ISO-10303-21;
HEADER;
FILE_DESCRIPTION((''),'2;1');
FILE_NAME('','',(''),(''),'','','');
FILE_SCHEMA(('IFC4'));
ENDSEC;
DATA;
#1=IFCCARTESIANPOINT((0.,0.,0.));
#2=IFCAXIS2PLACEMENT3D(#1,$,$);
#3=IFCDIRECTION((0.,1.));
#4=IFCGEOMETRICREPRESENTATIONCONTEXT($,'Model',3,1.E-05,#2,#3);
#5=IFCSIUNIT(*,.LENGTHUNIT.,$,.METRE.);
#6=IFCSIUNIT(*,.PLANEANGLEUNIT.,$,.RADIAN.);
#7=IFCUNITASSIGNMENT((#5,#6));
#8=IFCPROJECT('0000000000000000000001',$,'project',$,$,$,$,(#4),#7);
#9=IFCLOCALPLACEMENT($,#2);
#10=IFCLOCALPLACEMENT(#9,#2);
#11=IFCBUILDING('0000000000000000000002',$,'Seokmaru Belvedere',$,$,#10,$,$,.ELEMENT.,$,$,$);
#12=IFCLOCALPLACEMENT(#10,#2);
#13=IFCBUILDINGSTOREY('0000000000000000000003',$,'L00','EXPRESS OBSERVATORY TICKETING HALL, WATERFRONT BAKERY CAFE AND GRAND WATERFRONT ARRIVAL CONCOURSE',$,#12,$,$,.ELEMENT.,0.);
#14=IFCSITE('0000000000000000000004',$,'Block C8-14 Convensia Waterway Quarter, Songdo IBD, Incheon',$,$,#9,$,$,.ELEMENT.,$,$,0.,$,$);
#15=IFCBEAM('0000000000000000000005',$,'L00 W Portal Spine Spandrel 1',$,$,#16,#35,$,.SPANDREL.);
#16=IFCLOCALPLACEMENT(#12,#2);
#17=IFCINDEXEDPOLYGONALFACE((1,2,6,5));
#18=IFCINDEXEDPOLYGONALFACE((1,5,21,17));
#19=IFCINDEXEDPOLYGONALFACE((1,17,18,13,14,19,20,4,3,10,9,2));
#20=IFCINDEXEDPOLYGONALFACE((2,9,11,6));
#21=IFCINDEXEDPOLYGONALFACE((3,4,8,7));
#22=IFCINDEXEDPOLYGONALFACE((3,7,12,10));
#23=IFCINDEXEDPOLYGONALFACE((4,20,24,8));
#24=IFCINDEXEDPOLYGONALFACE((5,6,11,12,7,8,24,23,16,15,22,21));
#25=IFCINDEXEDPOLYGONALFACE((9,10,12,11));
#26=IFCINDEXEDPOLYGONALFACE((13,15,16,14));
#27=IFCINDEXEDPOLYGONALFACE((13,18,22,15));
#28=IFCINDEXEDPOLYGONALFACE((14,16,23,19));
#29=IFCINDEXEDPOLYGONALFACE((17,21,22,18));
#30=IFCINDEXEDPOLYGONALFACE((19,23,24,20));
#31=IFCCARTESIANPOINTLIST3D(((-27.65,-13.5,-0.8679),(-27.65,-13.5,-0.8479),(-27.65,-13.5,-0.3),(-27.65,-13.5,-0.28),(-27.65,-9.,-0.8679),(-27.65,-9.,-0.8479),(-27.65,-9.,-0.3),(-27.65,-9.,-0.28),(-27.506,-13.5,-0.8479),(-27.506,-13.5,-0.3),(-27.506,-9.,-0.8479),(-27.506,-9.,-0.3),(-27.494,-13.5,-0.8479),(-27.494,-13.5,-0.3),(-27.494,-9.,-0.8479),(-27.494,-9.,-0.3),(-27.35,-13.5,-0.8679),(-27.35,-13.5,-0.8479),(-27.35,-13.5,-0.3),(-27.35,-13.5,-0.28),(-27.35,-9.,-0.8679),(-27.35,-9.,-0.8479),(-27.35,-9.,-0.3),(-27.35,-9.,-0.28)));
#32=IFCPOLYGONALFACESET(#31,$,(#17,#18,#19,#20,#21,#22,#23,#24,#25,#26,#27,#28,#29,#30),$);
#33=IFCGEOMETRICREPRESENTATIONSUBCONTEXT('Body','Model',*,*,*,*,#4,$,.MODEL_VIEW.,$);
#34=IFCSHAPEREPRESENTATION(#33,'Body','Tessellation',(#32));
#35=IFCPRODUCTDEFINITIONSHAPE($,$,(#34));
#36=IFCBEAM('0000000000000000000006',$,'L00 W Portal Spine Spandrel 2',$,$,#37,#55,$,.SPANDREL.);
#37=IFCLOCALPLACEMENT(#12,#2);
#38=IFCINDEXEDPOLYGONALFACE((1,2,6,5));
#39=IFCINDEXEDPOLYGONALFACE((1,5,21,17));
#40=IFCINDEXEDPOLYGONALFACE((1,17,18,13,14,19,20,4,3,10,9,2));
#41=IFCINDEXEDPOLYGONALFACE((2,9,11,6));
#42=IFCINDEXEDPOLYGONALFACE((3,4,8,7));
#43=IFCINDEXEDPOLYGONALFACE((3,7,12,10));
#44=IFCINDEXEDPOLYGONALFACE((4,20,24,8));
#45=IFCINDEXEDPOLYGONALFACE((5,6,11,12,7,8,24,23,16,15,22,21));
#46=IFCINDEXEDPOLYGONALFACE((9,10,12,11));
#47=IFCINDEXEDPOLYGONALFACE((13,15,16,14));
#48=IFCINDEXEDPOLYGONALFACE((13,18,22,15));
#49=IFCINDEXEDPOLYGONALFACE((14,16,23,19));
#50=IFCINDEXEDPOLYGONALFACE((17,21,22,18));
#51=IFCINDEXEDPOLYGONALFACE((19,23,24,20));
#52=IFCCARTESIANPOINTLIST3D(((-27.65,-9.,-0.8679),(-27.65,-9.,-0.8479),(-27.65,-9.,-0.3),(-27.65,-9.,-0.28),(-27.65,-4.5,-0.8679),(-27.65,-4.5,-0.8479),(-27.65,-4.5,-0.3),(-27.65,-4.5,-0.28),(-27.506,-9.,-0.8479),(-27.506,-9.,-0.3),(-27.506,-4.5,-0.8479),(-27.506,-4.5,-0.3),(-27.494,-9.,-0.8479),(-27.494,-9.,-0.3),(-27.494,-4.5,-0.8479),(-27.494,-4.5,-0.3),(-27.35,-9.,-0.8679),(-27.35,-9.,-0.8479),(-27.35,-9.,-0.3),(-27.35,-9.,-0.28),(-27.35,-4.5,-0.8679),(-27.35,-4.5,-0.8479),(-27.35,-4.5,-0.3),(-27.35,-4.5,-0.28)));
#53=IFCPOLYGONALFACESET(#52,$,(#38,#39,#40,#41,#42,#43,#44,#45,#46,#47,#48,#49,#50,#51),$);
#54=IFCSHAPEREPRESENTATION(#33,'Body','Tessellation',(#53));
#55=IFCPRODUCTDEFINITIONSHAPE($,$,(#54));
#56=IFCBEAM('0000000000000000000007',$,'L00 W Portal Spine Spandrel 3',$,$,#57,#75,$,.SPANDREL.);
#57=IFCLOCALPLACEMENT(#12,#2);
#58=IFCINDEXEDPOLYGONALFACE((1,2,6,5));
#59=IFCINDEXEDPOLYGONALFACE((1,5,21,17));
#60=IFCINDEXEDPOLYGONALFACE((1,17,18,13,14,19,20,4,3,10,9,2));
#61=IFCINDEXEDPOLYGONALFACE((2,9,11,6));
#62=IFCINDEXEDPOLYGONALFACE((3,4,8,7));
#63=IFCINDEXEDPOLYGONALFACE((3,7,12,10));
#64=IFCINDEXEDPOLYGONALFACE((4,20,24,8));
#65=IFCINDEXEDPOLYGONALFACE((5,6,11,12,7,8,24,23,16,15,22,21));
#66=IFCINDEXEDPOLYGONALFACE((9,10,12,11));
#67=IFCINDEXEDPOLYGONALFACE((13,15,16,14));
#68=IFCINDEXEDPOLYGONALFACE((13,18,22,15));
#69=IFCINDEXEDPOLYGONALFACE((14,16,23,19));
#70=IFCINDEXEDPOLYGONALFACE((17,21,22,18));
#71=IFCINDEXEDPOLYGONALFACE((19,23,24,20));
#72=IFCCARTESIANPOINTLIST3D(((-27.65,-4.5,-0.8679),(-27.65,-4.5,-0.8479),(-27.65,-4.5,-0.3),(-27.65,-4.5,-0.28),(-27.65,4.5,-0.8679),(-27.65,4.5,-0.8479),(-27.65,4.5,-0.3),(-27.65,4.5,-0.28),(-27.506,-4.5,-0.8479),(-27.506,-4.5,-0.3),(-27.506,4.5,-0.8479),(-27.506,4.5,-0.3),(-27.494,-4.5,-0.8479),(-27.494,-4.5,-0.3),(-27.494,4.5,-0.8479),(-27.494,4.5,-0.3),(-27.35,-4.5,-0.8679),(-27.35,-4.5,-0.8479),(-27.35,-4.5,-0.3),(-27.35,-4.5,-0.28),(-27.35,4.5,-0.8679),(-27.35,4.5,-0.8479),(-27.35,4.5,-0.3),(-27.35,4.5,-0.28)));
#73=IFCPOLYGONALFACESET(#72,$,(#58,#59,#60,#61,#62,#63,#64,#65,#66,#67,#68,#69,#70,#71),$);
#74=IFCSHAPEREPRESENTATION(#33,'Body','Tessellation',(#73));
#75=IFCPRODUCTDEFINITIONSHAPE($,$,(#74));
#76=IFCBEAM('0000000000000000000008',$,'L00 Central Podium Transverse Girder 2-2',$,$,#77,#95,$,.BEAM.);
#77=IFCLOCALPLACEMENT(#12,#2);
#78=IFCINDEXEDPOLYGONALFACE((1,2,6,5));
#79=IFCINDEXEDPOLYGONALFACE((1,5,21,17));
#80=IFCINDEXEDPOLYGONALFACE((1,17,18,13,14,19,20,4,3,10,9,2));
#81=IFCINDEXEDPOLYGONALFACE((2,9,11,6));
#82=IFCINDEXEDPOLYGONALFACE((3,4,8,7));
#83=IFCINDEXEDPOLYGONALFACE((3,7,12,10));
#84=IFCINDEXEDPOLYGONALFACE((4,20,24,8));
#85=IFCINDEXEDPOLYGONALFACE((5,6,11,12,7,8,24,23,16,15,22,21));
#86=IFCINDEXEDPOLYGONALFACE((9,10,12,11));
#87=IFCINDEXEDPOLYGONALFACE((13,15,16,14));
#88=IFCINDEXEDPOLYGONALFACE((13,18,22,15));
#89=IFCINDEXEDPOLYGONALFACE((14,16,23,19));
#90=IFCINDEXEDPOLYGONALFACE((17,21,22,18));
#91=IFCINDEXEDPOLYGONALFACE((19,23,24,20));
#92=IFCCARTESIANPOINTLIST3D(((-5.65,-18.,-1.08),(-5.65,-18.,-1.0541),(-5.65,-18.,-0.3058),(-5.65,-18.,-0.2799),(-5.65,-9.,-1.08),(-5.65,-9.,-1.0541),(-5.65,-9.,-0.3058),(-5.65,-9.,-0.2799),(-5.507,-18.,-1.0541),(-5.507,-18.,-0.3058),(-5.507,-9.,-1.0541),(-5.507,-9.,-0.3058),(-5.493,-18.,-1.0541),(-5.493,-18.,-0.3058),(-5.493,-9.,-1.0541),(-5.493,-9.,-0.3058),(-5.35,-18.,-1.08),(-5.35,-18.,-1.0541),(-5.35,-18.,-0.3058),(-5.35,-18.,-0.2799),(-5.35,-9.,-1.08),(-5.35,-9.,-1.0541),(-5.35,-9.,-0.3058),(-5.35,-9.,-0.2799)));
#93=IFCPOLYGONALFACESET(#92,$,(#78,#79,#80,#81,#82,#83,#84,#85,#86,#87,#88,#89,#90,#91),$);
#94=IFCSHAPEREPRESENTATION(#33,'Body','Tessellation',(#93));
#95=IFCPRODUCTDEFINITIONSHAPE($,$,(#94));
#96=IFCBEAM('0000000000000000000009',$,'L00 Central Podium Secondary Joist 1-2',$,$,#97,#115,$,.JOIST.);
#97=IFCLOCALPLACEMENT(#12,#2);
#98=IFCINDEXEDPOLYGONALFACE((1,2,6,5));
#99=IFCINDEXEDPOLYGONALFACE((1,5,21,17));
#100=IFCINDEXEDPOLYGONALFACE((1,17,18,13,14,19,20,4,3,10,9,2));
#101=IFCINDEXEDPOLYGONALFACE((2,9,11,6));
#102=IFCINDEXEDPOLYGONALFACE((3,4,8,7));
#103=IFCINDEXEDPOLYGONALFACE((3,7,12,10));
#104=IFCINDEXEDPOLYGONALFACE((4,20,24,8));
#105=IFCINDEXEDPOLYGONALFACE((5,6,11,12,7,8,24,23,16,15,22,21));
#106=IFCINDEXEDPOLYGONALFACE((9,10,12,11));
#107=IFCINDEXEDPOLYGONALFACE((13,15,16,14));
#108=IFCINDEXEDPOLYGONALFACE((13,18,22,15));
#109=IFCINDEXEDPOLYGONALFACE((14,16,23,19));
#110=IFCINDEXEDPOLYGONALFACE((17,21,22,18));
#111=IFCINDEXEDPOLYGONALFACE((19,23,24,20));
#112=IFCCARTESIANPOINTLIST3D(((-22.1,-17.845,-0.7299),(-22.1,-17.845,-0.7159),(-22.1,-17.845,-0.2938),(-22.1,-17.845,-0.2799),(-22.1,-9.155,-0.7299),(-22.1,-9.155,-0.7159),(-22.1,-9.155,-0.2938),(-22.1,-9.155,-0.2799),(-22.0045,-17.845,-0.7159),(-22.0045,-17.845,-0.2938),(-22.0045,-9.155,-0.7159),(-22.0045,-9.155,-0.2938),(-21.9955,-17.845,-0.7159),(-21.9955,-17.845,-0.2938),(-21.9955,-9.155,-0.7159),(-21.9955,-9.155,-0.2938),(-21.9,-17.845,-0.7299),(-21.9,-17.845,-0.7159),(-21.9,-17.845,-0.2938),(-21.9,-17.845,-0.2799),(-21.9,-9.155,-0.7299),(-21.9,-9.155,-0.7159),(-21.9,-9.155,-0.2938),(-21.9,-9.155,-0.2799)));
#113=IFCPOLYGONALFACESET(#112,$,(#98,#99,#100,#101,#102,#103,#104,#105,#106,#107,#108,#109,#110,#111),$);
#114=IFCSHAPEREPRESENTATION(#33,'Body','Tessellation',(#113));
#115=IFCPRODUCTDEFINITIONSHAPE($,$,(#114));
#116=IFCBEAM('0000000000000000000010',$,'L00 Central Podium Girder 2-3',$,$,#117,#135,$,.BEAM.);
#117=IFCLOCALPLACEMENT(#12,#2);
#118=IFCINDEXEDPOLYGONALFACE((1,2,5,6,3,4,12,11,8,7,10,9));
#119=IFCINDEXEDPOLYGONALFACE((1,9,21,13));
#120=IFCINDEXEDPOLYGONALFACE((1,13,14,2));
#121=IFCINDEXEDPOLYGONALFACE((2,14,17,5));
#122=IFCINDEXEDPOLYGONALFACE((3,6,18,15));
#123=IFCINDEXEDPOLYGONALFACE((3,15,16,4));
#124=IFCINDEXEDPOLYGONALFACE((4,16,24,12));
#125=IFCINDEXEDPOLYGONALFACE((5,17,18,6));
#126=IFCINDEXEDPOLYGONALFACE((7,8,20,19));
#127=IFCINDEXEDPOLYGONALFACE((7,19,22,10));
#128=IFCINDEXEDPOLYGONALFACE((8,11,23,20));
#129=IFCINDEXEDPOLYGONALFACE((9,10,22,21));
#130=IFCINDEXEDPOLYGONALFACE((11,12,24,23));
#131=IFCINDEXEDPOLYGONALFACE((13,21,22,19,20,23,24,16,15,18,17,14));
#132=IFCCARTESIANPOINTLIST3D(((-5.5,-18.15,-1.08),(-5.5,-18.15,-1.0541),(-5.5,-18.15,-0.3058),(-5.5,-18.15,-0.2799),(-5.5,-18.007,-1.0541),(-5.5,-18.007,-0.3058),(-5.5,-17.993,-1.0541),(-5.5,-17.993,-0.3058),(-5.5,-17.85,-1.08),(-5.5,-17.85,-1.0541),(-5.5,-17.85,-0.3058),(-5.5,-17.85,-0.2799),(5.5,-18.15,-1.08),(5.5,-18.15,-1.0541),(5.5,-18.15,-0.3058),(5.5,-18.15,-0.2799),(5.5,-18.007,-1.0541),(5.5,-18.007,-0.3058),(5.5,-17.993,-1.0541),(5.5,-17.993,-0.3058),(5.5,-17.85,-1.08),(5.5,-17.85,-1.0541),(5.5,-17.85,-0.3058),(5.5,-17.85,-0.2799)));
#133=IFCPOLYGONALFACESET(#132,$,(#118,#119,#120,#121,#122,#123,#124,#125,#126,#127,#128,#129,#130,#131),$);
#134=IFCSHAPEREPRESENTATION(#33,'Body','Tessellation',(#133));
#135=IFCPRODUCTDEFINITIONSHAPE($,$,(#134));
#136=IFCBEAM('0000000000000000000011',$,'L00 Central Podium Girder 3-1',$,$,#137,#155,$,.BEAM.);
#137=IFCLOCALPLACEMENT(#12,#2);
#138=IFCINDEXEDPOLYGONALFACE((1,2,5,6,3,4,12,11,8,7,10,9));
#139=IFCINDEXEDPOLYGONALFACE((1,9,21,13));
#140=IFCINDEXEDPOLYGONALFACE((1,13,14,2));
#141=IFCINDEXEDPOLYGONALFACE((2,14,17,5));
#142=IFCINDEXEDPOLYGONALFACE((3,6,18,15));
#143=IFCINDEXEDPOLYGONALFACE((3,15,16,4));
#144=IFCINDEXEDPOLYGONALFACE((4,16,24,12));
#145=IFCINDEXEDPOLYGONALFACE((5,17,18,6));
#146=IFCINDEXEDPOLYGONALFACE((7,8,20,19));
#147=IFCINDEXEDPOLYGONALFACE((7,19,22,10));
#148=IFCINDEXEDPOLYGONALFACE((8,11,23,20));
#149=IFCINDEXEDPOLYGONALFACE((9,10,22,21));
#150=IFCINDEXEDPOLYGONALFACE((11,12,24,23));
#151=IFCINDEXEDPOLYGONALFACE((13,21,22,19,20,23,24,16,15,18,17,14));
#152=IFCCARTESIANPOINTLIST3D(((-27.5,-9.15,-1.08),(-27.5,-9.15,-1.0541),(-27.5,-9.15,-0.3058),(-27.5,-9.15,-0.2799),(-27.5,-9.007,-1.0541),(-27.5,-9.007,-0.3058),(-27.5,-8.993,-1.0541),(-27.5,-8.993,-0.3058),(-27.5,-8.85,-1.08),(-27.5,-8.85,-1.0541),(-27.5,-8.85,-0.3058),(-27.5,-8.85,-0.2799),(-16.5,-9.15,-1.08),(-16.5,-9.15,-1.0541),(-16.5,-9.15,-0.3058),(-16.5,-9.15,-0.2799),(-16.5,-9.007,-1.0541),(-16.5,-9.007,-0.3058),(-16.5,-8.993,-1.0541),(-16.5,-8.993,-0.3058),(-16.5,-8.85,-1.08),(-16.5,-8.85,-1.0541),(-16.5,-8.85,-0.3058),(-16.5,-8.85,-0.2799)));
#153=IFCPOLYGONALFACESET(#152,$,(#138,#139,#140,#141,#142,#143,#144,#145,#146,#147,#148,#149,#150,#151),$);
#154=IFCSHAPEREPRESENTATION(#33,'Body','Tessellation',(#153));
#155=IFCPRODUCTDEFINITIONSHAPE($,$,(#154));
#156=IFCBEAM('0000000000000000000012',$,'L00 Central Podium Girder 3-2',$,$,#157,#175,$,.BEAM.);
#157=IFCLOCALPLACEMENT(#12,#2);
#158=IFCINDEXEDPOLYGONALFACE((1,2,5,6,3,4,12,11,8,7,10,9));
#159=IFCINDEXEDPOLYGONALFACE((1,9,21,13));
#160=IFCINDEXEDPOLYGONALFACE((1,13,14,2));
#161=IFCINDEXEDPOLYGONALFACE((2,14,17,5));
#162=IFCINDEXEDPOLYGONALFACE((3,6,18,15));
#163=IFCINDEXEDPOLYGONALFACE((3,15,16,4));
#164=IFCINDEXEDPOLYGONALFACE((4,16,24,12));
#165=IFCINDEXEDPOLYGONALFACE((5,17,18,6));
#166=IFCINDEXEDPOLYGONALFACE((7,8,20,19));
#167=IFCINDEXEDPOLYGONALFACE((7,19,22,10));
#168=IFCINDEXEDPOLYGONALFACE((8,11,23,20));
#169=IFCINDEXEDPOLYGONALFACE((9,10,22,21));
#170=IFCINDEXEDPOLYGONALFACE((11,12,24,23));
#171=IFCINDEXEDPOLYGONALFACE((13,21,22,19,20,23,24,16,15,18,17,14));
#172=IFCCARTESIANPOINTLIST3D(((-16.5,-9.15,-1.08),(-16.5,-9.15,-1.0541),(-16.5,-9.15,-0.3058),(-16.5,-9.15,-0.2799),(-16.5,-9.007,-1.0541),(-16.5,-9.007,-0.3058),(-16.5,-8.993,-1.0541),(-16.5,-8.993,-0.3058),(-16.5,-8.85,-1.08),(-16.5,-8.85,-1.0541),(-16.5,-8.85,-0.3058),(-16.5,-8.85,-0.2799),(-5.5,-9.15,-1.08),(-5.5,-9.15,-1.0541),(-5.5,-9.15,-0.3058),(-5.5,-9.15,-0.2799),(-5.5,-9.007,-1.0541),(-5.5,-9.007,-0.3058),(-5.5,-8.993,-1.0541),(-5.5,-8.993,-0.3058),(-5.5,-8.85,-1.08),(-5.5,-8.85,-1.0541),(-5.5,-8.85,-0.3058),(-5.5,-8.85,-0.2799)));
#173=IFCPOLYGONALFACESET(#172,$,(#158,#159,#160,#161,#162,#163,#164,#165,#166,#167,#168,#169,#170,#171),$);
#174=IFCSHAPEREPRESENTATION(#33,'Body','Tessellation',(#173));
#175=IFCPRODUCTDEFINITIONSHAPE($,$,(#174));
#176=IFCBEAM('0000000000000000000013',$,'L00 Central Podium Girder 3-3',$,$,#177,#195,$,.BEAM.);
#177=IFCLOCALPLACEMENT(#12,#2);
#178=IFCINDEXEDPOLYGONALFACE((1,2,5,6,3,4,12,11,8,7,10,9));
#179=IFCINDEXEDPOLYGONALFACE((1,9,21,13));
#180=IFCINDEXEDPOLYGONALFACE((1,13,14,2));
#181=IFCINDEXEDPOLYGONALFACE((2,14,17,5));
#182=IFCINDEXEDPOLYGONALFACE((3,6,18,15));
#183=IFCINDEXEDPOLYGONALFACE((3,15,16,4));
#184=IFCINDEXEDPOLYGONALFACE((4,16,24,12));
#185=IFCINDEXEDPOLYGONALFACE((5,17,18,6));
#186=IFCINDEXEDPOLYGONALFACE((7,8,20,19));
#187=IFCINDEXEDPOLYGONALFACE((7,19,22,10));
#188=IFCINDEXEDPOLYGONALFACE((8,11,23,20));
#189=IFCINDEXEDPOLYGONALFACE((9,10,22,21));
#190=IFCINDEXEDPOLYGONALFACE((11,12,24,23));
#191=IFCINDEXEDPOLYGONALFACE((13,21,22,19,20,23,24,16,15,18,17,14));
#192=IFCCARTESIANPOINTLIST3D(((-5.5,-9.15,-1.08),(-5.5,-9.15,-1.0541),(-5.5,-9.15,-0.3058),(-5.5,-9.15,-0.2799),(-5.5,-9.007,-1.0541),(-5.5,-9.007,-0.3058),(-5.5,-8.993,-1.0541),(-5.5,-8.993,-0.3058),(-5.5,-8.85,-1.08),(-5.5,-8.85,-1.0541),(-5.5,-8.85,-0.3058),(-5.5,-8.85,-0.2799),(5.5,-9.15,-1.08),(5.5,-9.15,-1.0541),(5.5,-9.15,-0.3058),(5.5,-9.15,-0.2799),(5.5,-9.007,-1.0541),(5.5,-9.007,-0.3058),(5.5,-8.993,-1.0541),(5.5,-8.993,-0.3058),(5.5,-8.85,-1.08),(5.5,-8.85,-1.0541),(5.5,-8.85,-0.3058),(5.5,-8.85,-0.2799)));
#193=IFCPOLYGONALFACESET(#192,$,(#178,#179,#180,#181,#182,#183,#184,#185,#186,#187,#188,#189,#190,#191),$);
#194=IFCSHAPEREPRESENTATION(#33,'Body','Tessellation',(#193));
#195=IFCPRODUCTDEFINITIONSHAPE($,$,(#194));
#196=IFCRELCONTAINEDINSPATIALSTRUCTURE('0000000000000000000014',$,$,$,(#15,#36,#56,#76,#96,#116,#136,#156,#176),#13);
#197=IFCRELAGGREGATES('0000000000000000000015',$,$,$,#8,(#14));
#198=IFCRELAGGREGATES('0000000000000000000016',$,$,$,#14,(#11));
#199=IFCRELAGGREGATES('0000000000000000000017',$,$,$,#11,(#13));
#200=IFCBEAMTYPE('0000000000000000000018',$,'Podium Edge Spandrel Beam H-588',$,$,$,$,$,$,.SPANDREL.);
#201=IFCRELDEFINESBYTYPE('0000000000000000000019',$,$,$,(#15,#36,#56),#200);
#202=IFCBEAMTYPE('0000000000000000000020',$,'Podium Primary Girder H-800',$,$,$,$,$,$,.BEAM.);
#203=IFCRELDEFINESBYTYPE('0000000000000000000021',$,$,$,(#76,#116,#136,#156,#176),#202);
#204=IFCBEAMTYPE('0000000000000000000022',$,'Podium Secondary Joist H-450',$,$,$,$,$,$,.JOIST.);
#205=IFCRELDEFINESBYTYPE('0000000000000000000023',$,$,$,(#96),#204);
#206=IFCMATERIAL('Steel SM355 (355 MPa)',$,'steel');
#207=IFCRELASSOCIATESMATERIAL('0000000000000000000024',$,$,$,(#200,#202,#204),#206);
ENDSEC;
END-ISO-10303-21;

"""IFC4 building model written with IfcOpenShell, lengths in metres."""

from ifc_helpers import new_model, si_unit, direction, frame, origin, origin_2d, place, context, subcontext, project, spatial, i_section, extrude, source, transform, mapped, material, material_profile, profile_set, type_object, type_shapes, element, save


model = new_model("IFC4")

# Units and contexts
model_context = context("Model", 3, precision=1e-05, world=origin(), true_north=direction((0.0, 1.0)))
body_context = subcontext(model_context, "Body", "Model", "MODEL_VIEW")
ifc_project = project(units=[si_unit("LENGTHUNIT", "METRE"), si_unit("PLANEANGLEUNIT", "RADIAN")], contexts=[model_context])

# Site, building, storey
site_placement = place(None, origin())
site = spatial("IfcSite", under=ifc_project, at=site_placement, Name="Block C8-14 Convensia Waterway Quarter, Songdo IBD, Incheon", CompositionType="ELEMENT", RefElevation=0.0)
building_placement = place(site_placement, origin())
building = spatial("IfcBuilding", under=site, at=building_placement, Name="Seokmaru Belvedere", CompositionType="ELEMENT")
storey_placement = place(building_placement, origin())
storey = spatial("IfcBuildingStorey", under=building, at=storey_placement, Name="L00", Description="EXPRESS OBSERVATORY TICKETING HALL, WATERFRONT BAKERY CAFE AND GRAND WATERFRONT ARRIVAL CONCOURSE", CompositionType="ELEMENT", Elevation=0.0)

# Shared definitions
ifc_material_1 = material(Name="Steel SM355 (355 MPa)", Category="steel")

# Beams
ifc_material_profile_1 = material_profile(ifc_material_1, i_section(OverallWidth=0.3, OverallDepth=0.5879, WebThickness=0.012, FlangeThickness=0.02, at=origin_2d()), Name="H-588x300x12x20")
ifc_profile_set_1 = profile_set([ifc_material_profile_1], Name="Steel SM355 (355 MPa)")
beam_type_1 = type_object("IfcBeamType", Name="Podium Edge Spandrel Beam H-588", PredefinedType="SPANDREL", material=ifc_profile_set_1)
shared_shape_1 = source(origin(), body_context, "Body", "SweptSolid", [
    extrude(i_section(OverallWidth=0.3, OverallDepth=0.5879, WebThickness=0.012, FlangeThickness=0.02, at=origin_2d()), origin(), (0.0, 0.0, 1.0), 4.5),
])
for number, where, z_axis, x_axis, name in (
    (1, (-27.5, -13.5, -0.574), (0.0, 1.0, 0.0), (-1.0, 0.0, 0.0), "L00 W Portal Spine Spandrel 1"),
    (2, (-27.5, -9.0, -0.574), (0.0, 1.0, 0.0), (-1.0, 0.0, 0.0), "L00 W Portal Spine Spandrel 2"),
):
    element("IfcBeam", number, at=place(storey_placement, frame(where, z_axis=z_axis, x_axis=x_axis)), inside=storey, type_object=beam_type_1, Name=name, PredefinedType="SPANDREL", context=body_context, shape_type="MappedRepresentation", body=[
        mapped(shared_shape_1, transform((0.0, 0.0, 0.0), scale=1.0)),
    ])
shared_shape_2 = source(origin(), body_context, "Body", "SweptSolid", [
    extrude(i_section(OverallWidth=0.3, OverallDepth=0.5879, WebThickness=0.012, FlangeThickness=0.02, at=origin_2d()), origin(), (0.0, 0.0, 1.0), 9.0),
])
type_shapes(beam_type_1, [shared_shape_1, shared_shape_2])
beam_1_placement = place(storey_placement, frame((-27.5, -4.5, -0.574), z_axis=(0.0, 1.0, 0.0), x_axis=(-1.0, 0.0, 0.0)))
element("IfcBeam", 3, at=beam_1_placement, inside=storey, type_object=beam_type_1, Name="L00 W Portal Spine Spandrel 3", PredefinedType="SPANDREL", context=body_context, shape_type="MappedRepresentation", body=[
    mapped(shared_shape_2, transform((0.0, 0.0, 0.0), scale=1.0)),
])
ifc_material_profile_2 = material_profile(ifc_material_1, i_section(OverallWidth=0.3, OverallDepth=0.8, WebThickness=0.0139, FlangeThickness=0.0259, at=origin_2d()), Name="H-800x300x14x26")
ifc_profile_set_2 = profile_set([ifc_material_profile_2], Name="Steel SM355 (355 MPa)")
beam_type_2 = type_object("IfcBeamType", Name="Podium Primary Girder H-800", PredefinedType="BEAM", material=ifc_profile_set_2)
shared_shape_3 = source(origin(), body_context, "Body", "SweptSolid", [
    extrude(i_section(OverallWidth=0.3, OverallDepth=0.8, WebThickness=0.0139, FlangeThickness=0.0259, at=origin_2d()), origin(), (0.0, 0.0, 1.0), 9.0),
])
beam_2_placement = place(storey_placement, frame((-5.5, -18.0, -0.6799), z_axis=(0.0, 1.0, 0.0), x_axis=(-1.0, 0.0, 0.0)))
element("IfcBeam", 4, at=beam_2_placement, inside=storey, type_object=beam_type_2, Name="L00 Central Podium Transverse Girder 2-2", PredefinedType="BEAM", context=body_context, shape_type="MappedRepresentation", body=[
    mapped(shared_shape_3, transform((0.0, 0.0, 0.0), scale=1.0)),
])
ifc_material_profile_3 = material_profile(ifc_material_1, i_section(OverallWidth=0.2, OverallDepth=0.45, WebThickness=0.009, FlangeThickness=0.0139, at=origin_2d()), Name="H-450x200x9x14")
ifc_profile_set_3 = profile_set([ifc_material_profile_3], Name="Steel SM355 (355 MPa)")
beam_type_3 = type_object("IfcBeamType", Name="Podium Secondary Joist H-450", PredefinedType="JOIST", material=ifc_profile_set_3)
shared_shape_4 = source(origin(), body_context, "Body", "SweptSolid", [
    extrude(i_section(OverallWidth=0.2, OverallDepth=0.45, WebThickness=0.009, FlangeThickness=0.0139, at=origin_2d()), origin(), (0.0, 0.0, 1.0), 8.6899),
])
type_shapes(beam_type_3, [shared_shape_4])
beam_3_placement = place(storey_placement, frame((-22.0, -17.845, -0.5049), z_axis=(0.0, 1.0, 0.0), x_axis=(-1.0, 0.0, 0.0)))
element("IfcBeam", 5, at=beam_3_placement, inside=storey, type_object=beam_type_3, Name="L00 Central Podium Secondary Joist 1-2", PredefinedType="JOIST", context=body_context, shape_type="MappedRepresentation", body=[
    mapped(shared_shape_4, transform((0.0, 0.0, 0.0), scale=1.0)),
])
shared_shape_5 = source(origin(), body_context, "Body", "SweptSolid", [
    extrude(i_section(OverallWidth=0.3, OverallDepth=0.8, WebThickness=0.0139, FlangeThickness=0.0259, at=origin_2d()), origin(), (0.0, 0.0, 1.0), 11.0),
])
type_shapes(beam_type_2, [shared_shape_3, shared_shape_5])
for number, where, z_axis, x_axis, name in (
    (6, (-5.5, -18.0, -0.6799), (1.0, 0.0, 0.0), (0.0, 1.0, 0.0), "L00 Central Podium Girder 2-3"),
    (7, (-27.5, -9.0, -0.6799), (1.0, 0.0, 0.0), (0.0, 1.0, 0.0), "L00 Central Podium Girder 3-1"),
    (8, (-16.5, -9.0, -0.6799), (1.0, 0.0, 0.0), (0.0, 1.0, 0.0), "L00 Central Podium Girder 3-2"),
    (9, (-5.5, -9.0, -0.6799), (1.0, 0.0, 0.0), (0.0, 1.0, 0.0), "L00 Central Podium Girder 3-3"),
):
    element("IfcBeam", number, at=place(storey_placement, frame(where, z_axis=z_axis, x_axis=x_axis)), inside=storey, type_object=beam_type_2, Name=name, PredefinedType="BEAM", context=body_context, shape_type="MappedRepresentation", body=[
        mapped(shared_shape_5, transform((0.0, 0.0, 0.0), scale=1.0)),
    ])

save(model, "model.ifc")
